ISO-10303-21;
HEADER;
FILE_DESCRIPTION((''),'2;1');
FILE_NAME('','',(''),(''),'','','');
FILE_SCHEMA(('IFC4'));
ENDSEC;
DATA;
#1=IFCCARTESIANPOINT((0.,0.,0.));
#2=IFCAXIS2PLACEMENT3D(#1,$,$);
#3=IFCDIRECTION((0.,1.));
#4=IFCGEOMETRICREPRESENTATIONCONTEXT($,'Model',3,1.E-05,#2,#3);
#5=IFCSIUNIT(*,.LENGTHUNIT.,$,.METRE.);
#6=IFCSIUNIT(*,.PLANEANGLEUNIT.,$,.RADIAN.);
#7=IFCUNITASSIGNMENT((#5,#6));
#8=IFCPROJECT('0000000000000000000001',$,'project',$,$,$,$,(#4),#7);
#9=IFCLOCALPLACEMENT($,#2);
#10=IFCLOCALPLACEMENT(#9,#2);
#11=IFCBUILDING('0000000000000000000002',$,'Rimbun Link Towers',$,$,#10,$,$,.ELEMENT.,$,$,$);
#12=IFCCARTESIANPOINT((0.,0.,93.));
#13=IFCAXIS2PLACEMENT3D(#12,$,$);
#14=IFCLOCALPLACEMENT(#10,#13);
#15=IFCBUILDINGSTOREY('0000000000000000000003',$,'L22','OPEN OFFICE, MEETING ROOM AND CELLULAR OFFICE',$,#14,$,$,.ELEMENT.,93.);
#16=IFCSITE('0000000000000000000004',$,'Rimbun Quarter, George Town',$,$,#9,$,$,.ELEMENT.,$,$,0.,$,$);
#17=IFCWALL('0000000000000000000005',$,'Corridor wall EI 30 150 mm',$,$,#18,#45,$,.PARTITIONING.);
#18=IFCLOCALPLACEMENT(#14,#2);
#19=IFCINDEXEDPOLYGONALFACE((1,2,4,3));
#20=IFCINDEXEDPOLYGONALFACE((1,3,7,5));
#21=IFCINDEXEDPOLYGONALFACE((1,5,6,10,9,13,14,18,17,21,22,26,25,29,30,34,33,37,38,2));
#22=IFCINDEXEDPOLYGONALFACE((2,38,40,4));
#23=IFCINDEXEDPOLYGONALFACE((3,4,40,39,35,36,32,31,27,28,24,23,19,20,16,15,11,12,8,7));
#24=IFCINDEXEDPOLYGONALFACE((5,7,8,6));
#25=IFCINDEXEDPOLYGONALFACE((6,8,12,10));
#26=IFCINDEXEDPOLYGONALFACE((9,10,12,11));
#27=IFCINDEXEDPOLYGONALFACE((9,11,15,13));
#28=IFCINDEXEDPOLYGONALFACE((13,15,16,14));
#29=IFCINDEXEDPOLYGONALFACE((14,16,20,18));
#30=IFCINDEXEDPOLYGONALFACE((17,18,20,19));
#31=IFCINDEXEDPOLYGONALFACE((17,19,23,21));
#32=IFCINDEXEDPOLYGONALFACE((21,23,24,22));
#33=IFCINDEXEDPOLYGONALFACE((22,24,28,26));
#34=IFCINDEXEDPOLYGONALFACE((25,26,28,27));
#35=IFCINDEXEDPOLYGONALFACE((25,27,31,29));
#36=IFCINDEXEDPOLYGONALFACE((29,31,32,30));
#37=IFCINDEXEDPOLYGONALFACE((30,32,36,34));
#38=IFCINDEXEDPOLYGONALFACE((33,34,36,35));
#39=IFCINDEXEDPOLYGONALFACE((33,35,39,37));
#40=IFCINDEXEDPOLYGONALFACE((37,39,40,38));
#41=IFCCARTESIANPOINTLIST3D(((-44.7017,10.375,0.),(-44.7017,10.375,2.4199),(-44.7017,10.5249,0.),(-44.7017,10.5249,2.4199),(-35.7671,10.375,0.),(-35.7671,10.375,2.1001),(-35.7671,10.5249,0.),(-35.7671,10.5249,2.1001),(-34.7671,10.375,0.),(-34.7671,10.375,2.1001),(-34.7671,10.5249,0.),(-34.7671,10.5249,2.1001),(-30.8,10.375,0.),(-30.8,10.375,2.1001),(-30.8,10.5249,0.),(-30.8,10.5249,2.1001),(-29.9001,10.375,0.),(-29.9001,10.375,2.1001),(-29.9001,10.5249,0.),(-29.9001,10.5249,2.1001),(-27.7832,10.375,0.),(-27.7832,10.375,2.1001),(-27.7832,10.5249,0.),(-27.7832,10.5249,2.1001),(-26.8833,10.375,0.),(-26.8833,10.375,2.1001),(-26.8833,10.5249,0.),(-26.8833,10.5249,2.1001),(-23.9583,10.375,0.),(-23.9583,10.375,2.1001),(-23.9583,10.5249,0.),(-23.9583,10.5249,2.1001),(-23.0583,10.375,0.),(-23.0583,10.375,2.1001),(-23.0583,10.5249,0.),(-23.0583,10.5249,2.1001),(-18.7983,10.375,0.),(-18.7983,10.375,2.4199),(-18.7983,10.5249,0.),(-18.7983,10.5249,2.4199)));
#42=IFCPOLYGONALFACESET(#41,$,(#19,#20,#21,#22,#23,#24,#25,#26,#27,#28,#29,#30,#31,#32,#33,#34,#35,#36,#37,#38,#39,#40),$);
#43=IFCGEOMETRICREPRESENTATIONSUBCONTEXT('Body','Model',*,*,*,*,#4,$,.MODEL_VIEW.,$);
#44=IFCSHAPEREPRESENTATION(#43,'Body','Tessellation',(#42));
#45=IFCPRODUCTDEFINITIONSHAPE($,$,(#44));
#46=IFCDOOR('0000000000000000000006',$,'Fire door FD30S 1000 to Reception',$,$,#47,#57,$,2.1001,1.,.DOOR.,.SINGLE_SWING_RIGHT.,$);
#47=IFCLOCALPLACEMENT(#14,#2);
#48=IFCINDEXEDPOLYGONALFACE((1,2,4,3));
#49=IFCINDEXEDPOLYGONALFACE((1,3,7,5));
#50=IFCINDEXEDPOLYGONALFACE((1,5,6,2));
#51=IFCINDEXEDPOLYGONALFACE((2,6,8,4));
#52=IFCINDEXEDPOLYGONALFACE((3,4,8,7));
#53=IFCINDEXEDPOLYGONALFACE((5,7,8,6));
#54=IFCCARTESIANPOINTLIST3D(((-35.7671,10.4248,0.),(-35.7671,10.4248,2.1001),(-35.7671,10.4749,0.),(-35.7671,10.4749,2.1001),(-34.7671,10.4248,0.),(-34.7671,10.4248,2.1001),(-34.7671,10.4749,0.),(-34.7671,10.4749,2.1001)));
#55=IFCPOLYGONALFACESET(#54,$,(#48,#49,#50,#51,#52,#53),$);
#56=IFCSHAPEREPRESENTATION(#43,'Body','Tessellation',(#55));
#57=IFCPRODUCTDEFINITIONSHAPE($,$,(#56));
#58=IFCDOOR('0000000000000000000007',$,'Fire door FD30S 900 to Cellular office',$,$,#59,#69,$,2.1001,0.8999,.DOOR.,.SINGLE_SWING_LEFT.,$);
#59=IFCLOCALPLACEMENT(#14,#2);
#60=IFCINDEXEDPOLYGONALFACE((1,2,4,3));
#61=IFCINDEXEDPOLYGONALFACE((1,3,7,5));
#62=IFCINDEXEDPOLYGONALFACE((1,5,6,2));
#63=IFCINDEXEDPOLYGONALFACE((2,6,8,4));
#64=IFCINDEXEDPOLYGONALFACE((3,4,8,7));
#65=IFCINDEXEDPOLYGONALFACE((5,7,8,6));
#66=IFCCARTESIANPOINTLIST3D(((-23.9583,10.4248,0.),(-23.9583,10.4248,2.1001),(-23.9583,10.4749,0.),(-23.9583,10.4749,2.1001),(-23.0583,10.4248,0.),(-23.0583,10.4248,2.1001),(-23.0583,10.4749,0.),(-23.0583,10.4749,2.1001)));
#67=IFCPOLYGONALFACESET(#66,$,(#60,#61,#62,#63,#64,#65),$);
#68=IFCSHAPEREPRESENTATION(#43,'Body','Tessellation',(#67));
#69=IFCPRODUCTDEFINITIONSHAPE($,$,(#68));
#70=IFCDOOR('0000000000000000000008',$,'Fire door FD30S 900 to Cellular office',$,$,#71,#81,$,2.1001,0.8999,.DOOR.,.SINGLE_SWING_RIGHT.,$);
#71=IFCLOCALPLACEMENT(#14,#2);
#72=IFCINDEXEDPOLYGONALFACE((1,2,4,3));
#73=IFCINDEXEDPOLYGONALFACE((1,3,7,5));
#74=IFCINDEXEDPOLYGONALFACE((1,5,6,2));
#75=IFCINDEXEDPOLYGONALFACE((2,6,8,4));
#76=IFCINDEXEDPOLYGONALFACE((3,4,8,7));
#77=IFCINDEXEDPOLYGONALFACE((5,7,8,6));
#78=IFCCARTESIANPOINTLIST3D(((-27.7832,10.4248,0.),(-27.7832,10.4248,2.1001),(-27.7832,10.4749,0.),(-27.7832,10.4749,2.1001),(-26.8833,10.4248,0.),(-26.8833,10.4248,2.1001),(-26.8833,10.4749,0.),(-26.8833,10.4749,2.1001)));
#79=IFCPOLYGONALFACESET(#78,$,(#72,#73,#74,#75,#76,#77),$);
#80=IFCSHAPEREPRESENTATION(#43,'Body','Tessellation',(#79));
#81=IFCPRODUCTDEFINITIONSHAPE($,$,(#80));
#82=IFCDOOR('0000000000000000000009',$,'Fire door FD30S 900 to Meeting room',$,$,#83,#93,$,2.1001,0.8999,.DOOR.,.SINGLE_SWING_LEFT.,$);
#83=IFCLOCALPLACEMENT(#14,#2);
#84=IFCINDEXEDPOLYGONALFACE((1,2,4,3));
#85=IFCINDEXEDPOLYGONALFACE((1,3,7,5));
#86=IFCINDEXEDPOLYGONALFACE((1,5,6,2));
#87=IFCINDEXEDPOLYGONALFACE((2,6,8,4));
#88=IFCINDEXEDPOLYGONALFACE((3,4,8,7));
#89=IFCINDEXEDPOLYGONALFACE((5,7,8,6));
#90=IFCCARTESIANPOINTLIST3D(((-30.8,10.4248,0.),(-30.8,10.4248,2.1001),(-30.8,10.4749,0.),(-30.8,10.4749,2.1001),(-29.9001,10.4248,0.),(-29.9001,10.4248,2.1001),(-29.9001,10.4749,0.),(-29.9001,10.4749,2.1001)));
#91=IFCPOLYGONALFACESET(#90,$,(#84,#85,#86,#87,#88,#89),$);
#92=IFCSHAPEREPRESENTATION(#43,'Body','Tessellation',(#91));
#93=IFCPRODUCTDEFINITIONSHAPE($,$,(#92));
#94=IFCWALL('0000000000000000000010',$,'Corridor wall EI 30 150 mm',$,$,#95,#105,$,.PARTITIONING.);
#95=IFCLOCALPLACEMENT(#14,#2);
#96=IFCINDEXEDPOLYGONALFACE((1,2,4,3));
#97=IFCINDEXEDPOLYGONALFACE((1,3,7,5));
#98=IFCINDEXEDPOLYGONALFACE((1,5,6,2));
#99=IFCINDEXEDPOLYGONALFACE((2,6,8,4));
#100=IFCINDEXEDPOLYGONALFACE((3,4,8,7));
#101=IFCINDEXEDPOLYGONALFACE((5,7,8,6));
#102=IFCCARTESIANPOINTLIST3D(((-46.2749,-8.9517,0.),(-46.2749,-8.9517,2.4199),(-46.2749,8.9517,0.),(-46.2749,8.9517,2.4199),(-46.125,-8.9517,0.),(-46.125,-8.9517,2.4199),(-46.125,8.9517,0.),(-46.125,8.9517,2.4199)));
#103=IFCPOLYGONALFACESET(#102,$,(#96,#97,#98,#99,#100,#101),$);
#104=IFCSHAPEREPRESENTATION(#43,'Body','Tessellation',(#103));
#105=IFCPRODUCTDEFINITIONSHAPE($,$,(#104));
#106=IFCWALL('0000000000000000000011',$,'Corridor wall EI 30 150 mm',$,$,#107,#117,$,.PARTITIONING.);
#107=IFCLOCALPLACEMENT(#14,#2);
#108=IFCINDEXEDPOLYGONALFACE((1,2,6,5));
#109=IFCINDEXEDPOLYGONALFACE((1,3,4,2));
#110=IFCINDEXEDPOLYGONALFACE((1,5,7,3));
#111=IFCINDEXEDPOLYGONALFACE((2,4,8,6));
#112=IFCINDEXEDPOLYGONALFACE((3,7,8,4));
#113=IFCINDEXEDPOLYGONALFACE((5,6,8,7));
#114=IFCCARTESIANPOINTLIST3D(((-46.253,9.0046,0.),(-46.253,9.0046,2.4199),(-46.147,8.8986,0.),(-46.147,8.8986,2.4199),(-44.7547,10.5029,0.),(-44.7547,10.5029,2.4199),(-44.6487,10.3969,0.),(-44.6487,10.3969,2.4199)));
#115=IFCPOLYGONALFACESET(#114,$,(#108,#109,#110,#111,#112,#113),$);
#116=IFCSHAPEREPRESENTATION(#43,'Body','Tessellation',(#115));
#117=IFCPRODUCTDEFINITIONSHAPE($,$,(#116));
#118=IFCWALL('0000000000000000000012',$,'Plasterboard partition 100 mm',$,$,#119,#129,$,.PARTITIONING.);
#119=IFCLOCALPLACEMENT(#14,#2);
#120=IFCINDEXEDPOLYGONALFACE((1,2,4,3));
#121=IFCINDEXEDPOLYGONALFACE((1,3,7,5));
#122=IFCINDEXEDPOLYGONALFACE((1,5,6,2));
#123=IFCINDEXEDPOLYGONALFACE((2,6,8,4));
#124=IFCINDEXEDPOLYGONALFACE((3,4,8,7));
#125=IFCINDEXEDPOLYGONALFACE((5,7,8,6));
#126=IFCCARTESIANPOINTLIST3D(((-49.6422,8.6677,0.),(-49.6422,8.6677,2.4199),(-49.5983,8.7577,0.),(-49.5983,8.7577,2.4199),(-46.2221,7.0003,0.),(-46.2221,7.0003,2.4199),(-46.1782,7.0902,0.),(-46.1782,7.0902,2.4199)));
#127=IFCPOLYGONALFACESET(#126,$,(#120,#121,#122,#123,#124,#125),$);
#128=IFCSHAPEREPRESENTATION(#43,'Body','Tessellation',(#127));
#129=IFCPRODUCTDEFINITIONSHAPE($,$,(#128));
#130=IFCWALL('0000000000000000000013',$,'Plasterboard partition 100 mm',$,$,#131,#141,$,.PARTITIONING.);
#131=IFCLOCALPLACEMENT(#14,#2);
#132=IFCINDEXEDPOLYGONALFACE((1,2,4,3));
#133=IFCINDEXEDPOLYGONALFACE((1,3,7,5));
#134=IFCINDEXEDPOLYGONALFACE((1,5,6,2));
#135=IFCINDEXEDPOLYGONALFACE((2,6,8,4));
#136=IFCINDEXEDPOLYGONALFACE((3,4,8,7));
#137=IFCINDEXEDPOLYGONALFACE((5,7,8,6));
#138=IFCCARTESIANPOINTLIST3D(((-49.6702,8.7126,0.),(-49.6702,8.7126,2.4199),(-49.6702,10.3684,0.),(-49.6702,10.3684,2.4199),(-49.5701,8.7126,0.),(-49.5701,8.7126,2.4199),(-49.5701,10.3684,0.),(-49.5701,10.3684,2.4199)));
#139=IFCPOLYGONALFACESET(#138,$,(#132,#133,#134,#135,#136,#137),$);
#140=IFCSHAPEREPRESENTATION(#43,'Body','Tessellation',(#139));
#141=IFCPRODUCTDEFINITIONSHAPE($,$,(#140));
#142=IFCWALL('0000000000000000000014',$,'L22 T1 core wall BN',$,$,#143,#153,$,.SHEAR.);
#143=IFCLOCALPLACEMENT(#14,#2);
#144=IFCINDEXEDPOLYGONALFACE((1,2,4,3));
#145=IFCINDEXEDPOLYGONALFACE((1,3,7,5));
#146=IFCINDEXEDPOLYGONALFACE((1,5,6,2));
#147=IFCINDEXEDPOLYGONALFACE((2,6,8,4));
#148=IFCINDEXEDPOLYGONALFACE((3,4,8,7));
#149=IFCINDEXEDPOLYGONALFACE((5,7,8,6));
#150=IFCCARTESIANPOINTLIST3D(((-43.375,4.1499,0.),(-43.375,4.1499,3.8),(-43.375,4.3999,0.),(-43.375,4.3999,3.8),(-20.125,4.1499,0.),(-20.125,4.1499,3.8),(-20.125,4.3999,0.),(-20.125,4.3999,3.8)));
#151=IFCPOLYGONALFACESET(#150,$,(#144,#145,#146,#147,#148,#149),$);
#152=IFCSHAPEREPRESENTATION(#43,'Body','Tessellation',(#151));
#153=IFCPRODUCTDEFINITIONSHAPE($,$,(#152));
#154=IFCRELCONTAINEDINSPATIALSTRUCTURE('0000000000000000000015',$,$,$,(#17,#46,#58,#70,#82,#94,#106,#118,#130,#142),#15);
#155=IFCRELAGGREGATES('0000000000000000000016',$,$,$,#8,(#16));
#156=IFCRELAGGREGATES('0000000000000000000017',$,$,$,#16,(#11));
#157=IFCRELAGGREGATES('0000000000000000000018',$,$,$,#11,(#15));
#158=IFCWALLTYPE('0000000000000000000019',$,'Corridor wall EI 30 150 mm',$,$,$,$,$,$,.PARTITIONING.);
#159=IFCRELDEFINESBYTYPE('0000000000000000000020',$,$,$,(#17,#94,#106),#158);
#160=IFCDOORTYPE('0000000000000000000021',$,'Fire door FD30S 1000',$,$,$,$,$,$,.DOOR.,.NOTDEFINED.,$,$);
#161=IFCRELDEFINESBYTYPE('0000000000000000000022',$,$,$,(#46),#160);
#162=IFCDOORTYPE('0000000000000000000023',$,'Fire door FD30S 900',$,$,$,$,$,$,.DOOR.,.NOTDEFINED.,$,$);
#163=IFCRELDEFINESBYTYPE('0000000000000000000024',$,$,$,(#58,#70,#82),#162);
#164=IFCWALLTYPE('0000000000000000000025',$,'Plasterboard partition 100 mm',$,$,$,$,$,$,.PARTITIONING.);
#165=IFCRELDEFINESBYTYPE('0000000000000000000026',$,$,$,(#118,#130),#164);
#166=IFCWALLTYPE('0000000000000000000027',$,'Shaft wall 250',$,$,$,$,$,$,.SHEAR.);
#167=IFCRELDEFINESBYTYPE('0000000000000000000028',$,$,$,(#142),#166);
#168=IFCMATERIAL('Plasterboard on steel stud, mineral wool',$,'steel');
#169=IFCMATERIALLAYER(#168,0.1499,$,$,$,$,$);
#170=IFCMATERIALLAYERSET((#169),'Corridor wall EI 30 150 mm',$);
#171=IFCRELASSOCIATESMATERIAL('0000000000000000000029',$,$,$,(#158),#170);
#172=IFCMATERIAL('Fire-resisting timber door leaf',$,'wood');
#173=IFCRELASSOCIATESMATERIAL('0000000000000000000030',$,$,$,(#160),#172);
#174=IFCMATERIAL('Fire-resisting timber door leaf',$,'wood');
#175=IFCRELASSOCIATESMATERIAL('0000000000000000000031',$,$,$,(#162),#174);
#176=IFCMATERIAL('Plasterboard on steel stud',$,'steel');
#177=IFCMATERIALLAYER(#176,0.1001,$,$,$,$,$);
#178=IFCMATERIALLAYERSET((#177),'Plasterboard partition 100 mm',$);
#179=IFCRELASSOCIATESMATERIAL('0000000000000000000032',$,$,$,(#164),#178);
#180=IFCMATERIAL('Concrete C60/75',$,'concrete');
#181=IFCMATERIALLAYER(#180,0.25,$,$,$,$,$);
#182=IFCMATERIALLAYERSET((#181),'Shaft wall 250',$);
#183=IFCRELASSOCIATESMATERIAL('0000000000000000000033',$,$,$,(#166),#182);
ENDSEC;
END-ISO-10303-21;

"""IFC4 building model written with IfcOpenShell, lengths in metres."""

from ifc_helpers import new_model, si_unit, direction, frame, frame_2d, origin, place, context, subcontext, project, spatial, rectangle, extrude, material, layer, layer_set, type_object, element, fill, save


model = new_model("IFC4")

# Units and contexts
model_context = context("Model", 3, precision=1e-05, world=origin(), true_north=direction((0.0, 1.0)))
body_context = subcontext(model_context, "Body", "Model", "MODEL_VIEW")
ifc_project = project(units=[si_unit("LENGTHUNIT", "METRE"), si_unit("PLANEANGLEUNIT", "RADIAN")], contexts=[model_context])

# Site, building, storey
site_placement = place(None, origin())
site = spatial("IfcSite", under=ifc_project, at=site_placement, Name="Rimbun Quarter, George Town", CompositionType="ELEMENT", RefElevation=0.0)
building_placement = place(site_placement, origin())
building = spatial("IfcBuilding", under=site, at=building_placement, Name="Rimbun Link Towers", CompositionType="ELEMENT")
storey_placement = place(building_placement, frame((0.0, 0.0, 93.0)))
storey = spatial("IfcBuildingStorey", under=building, at=storey_placement, Name="L22", Description="OPEN OFFICE, MEETING ROOM AND CELLULAR OFFICE", CompositionType="ELEMENT", Elevation=93.0)

# Wall, openings, doors
ifc_material_1 = material(Name="Plasterboard on steel stud, mineral wool", Category="steel")
ifc_layer_1 = layer(ifc_material_1, 0.1499)
ifc_layer_set_1 = layer_set([ifc_layer_1], Name="Corridor wall EI 30 150 mm")
wall_type_1 = type_object("IfcWallType", Name="Corridor wall EI 30 150 mm", PredefinedType="PARTITIONING", material=ifc_layer_set_1)
wall_1_placement = place(storey_placement, frame((-44.7017, 10.45, 0.0), z_axis=(0.0, 0.0, 1.0), x_axis=(1.0, 0.0, 0.0)))
wall_1 = element("IfcWall", 1, at=wall_1_placement, inside=storey, type_object=wall_type_1, Name="Corridor wall EI 30 150 mm", PredefinedType="PARTITIONING", context=body_context, shape_type="SweptSolid", body=[
    extrude(rectangle(XDim=25.9033, YDim=0.1499, at=frame_2d((12.9517, 0.0))), origin(), (0.0, 0.0, 1.0), 2.4199),
])
opening_1_placement = place(wall_1_placement, frame((20.7434, 0.0, 0.0)))
opening_1 = element("IfcOpeningElement", 2, at=opening_1_placement, cuts=wall_1, PredefinedType="OPENING", context=body_context, shape_type="SweptSolid", body=[
    extrude(rectangle(XDim=0.8999, YDim=2.1001, at=frame_2d((0.45, 1.05))), frame((0.0, 0.085, 0.0), z_axis=(0.0, -1.0, 0.0), x_axis=(1.0, 0.0, 0.0)), (0.0, 0.0, 1.0), 0.1699),
])
opening_2_placement = place(wall_1_placement, frame((16.9185, 0.0, 0.0)))
opening_2 = element("IfcOpeningElement", 3, at=opening_2_placement, cuts=wall_1, PredefinedType="OPENING", context=body_context, shape_type="SweptSolid", body=[
    extrude(rectangle(XDim=0.8999, YDim=2.1001, at=frame_2d((0.45, 1.05))), frame((0.0, 0.085, 0.0), z_axis=(0.0, -1.0, 0.0), x_axis=(1.0, 0.0, 0.0)), (0.0, 0.0, 1.0), 0.1699),
])
opening_3_placement = place(wall_1_placement, frame((13.9016, 0.0, 0.0)))
opening_3 = element("IfcOpeningElement", 4, at=opening_3_placement, cuts=wall_1, PredefinedType="OPENING", context=body_context, shape_type="SweptSolid", body=[
    extrude(rectangle(XDim=0.8999, YDim=2.1001, at=frame_2d((0.45, 1.05))), frame((0.0, 0.085, 0.0), z_axis=(0.0, -1.0, 0.0), x_axis=(1.0, 0.0, 0.0)), (0.0, 0.0, 1.0), 0.1699),
])
opening_4_placement = place(wall_1_placement, frame((8.9346, 0.0, 0.0)))
opening_4 = element("IfcOpeningElement", 5, at=opening_4_placement, cuts=wall_1, PredefinedType="OPENING", context=body_context, shape_type="SweptSolid", body=[
    extrude(rectangle(XDim=1.0, YDim=2.1001, at=frame_2d((0.5, 1.05))), frame((0.0, 0.085, 0.0), z_axis=(0.0, -1.0, 0.0), x_axis=(1.0, 0.0, 0.0)), (0.0, 0.0, 1.0), 0.1699),
])
ifc_material_2 = material(Name="Fire-resisting timber door leaf", Category="wood")
door_type_1 = type_object("IfcDoorType", Name="Fire door FD30S 1000", OperationType="NOTDEFINED", PredefinedType="DOOR", material=ifc_material_2)
door_1_placement = place(opening_4_placement, origin())
door_1 = element("IfcDoor", 6, at=door_1_placement, inside=storey, type_object=door_type_1, Name="Fire door FD30S 1000 to Reception", OperationType="SINGLE_SWING_RIGHT", OverallHeight=2.1001, OverallWidth=1.0, PredefinedType="DOOR", context=body_context, shape_type="SweptSolid", body=[
    extrude(rectangle(XDim=1.0, YDim=2.1001, at=frame_2d((0.5, 1.05))), frame((0.0, 0.0249, 0.0), z_axis=(0.0, -1.0, 0.0), x_axis=(1.0, 0.0, 0.0)), (0.0, 0.0, 1.0), 0.05),
])
fill(opening_4, door_1)
ifc_material_3 = material(Name="Fire-resisting timber door leaf", Category="wood")
door_type_2 = type_object("IfcDoorType", Name="Fire door FD30S 900", OperationType="NOTDEFINED", PredefinedType="DOOR", material=ifc_material_3)
door_2_placement = place(opening_1_placement, origin())
door_2 = element("IfcDoor", 7, at=door_2_placement, inside=storey, type_object=door_type_2, Name="Fire door FD30S 900 to Cellular office", OperationType="SINGLE_SWING_LEFT", OverallHeight=2.1001, OverallWidth=0.8999, PredefinedType="DOOR", context=body_context, shape_type="SweptSolid", body=[
    extrude(rectangle(XDim=0.8999, YDim=2.1001, at=frame_2d((0.45, 1.05))), frame((0.0, 0.0249, 0.0), z_axis=(0.0, -1.0, 0.0), x_axis=(1.0, 0.0, 0.0)), (0.0, 0.0, 1.0), 0.05),
])
fill(opening_1, door_2)
door_3_placement = place(opening_2_placement, origin())
door_3 = element("IfcDoor", 8, at=door_3_placement, inside=storey, type_object=door_type_2, Name="Fire door FD30S 900 to Cellular office", OperationType="SINGLE_SWING_RIGHT", OverallHeight=2.1001, OverallWidth=0.8999, PredefinedType="DOOR", context=body_context, shape_type="SweptSolid", body=[
    extrude(rectangle(XDim=0.8999, YDim=2.1001, at=frame_2d((0.45, 1.05))), frame((0.0, 0.0249, 0.0), z_axis=(0.0, -1.0, 0.0), x_axis=(1.0, 0.0, 0.0)), (0.0, 0.0, 1.0), 0.05),
])
fill(opening_2, door_3)
door_4_placement = place(opening_3_placement, origin())
door_4 = element("IfcDoor", 9, at=door_4_placement, inside=storey, type_object=door_type_2, Name="Fire door FD30S 900 to Meeting room", OperationType="SINGLE_SWING_LEFT", OverallHeight=2.1001, OverallWidth=0.8999, PredefinedType="DOOR", context=body_context, shape_type="SweptSolid", body=[
    extrude(rectangle(XDim=0.8999, YDim=2.1001, at=frame_2d((0.45, 1.05))), frame((0.0, 0.0249, 0.0), z_axis=(0.0, -1.0, 0.0), x_axis=(1.0, 0.0, 0.0)), (0.0, 0.0, 1.0), 0.05),
])
fill(opening_3, door_4)

# Walls
wall_2_placement = place(storey_placement, frame((-46.2, 8.9517, 0.0), z_axis=(0.0, 0.0, 1.0), x_axis=(0.0, -1.0, 0.0)))
element("IfcWall", 10, at=wall_2_placement, inside=storey, type_object=wall_type_1, Name="Corridor wall EI 30 150 mm", PredefinedType="PARTITIONING", context=body_context, shape_type="SweptSolid", body=[
    extrude(rectangle(XDim=17.9033, YDim=0.1499, at=frame_2d((8.9517, 0.0))), origin(), (0.0, 0.0, 1.0), 2.4199),
])
wall_3_placement = place(storey_placement, frame((-44.7017, 10.45, 0.0), z_axis=(0.0, 0.0, 1.0), x_axis=(-0.707107, -0.707107, 0.0)))
element("IfcWall", 11, at=wall_3_placement, inside=storey, type_object=wall_type_1, Name="Corridor wall EI 30 150 mm", PredefinedType="PARTITIONING", context=body_context, shape_type="SweptSolid", body=[
    extrude(rectangle(XDim=2.1189, YDim=0.1499, at=frame_2d((1.0596, 0.0))), origin(), (0.0, 0.0, 1.0), 2.4199),
])
ifc_material_4 = material(Name="Plasterboard on steel stud", Category="steel")
ifc_layer_2 = layer(ifc_material_4, 0.1001)
ifc_layer_set_2 = layer_set([ifc_layer_2], Name="Plasterboard partition 100 mm")
wall_type_2 = type_object("IfcWallType", Name="Plasterboard partition 100 mm", PredefinedType="PARTITIONING", material=ifc_layer_set_2)
wall_4_placement = place(storey_placement, frame((-49.6201, 8.7126, 0.0), z_axis=(0.0, 0.0, 1.0), x_axis=(0.898861, -0.438234, 0.0)))
element("IfcWall", 12, at=wall_4_placement, inside=storey, type_object=wall_type_2, Name="Plasterboard partition 100 mm", PredefinedType="PARTITIONING", context=body_context, shape_type="SweptSolid", body=[
    extrude(rectangle(XDim=3.8049, YDim=0.1001, at=frame_2d((1.9023, 0.0))), origin(), (0.0, 0.0, 1.0), 2.4199),
])
wall_5_placement = place(storey_placement, frame((-49.6201, 10.3684, 0.0), z_axis=(0.0, 0.0, 1.0), x_axis=(0.0, -1.0, 0.0)))
element("IfcWall", 13, at=wall_5_placement, inside=storey, type_object=wall_type_2, Name="Plasterboard partition 100 mm", PredefinedType="PARTITIONING", context=body_context, shape_type="SweptSolid", body=[
    extrude(rectangle(XDim=1.6558, YDim=0.1001, at=frame_2d((0.8279, 0.0))), origin(), (0.0, 0.0, 1.0), 2.4199),
])
ifc_material_5 = material(Name="Concrete C60/75", Category="concrete")
ifc_layer_3 = layer(ifc_material_5, 0.25)
ifc_layer_set_3 = layer_set([ifc_layer_3], Name="Shaft wall 250")
wall_type_3 = type_object("IfcWallType", Name="Shaft wall 250", PredefinedType="SHEAR", material=ifc_layer_set_3)
wall_6_placement = place(storey_placement, frame((-43.375, 4.2749, 0.0), z_axis=(0.0, 0.0, 1.0), x_axis=(1.0, 0.0, 0.0)))
element("IfcWall", 14, at=wall_6_placement, inside=storey, type_object=wall_type_3, Name="L22 T1 core wall BN", PredefinedType="SHEAR", context=body_context, shape_type="SweptSolid", body=[
    extrude(rectangle(XDim=23.25, YDim=0.25, at=frame_2d((11.625, 0.0))), origin(), (0.0, 0.0, 1.0), 3.8),
])

save(model, "model.ifc")
